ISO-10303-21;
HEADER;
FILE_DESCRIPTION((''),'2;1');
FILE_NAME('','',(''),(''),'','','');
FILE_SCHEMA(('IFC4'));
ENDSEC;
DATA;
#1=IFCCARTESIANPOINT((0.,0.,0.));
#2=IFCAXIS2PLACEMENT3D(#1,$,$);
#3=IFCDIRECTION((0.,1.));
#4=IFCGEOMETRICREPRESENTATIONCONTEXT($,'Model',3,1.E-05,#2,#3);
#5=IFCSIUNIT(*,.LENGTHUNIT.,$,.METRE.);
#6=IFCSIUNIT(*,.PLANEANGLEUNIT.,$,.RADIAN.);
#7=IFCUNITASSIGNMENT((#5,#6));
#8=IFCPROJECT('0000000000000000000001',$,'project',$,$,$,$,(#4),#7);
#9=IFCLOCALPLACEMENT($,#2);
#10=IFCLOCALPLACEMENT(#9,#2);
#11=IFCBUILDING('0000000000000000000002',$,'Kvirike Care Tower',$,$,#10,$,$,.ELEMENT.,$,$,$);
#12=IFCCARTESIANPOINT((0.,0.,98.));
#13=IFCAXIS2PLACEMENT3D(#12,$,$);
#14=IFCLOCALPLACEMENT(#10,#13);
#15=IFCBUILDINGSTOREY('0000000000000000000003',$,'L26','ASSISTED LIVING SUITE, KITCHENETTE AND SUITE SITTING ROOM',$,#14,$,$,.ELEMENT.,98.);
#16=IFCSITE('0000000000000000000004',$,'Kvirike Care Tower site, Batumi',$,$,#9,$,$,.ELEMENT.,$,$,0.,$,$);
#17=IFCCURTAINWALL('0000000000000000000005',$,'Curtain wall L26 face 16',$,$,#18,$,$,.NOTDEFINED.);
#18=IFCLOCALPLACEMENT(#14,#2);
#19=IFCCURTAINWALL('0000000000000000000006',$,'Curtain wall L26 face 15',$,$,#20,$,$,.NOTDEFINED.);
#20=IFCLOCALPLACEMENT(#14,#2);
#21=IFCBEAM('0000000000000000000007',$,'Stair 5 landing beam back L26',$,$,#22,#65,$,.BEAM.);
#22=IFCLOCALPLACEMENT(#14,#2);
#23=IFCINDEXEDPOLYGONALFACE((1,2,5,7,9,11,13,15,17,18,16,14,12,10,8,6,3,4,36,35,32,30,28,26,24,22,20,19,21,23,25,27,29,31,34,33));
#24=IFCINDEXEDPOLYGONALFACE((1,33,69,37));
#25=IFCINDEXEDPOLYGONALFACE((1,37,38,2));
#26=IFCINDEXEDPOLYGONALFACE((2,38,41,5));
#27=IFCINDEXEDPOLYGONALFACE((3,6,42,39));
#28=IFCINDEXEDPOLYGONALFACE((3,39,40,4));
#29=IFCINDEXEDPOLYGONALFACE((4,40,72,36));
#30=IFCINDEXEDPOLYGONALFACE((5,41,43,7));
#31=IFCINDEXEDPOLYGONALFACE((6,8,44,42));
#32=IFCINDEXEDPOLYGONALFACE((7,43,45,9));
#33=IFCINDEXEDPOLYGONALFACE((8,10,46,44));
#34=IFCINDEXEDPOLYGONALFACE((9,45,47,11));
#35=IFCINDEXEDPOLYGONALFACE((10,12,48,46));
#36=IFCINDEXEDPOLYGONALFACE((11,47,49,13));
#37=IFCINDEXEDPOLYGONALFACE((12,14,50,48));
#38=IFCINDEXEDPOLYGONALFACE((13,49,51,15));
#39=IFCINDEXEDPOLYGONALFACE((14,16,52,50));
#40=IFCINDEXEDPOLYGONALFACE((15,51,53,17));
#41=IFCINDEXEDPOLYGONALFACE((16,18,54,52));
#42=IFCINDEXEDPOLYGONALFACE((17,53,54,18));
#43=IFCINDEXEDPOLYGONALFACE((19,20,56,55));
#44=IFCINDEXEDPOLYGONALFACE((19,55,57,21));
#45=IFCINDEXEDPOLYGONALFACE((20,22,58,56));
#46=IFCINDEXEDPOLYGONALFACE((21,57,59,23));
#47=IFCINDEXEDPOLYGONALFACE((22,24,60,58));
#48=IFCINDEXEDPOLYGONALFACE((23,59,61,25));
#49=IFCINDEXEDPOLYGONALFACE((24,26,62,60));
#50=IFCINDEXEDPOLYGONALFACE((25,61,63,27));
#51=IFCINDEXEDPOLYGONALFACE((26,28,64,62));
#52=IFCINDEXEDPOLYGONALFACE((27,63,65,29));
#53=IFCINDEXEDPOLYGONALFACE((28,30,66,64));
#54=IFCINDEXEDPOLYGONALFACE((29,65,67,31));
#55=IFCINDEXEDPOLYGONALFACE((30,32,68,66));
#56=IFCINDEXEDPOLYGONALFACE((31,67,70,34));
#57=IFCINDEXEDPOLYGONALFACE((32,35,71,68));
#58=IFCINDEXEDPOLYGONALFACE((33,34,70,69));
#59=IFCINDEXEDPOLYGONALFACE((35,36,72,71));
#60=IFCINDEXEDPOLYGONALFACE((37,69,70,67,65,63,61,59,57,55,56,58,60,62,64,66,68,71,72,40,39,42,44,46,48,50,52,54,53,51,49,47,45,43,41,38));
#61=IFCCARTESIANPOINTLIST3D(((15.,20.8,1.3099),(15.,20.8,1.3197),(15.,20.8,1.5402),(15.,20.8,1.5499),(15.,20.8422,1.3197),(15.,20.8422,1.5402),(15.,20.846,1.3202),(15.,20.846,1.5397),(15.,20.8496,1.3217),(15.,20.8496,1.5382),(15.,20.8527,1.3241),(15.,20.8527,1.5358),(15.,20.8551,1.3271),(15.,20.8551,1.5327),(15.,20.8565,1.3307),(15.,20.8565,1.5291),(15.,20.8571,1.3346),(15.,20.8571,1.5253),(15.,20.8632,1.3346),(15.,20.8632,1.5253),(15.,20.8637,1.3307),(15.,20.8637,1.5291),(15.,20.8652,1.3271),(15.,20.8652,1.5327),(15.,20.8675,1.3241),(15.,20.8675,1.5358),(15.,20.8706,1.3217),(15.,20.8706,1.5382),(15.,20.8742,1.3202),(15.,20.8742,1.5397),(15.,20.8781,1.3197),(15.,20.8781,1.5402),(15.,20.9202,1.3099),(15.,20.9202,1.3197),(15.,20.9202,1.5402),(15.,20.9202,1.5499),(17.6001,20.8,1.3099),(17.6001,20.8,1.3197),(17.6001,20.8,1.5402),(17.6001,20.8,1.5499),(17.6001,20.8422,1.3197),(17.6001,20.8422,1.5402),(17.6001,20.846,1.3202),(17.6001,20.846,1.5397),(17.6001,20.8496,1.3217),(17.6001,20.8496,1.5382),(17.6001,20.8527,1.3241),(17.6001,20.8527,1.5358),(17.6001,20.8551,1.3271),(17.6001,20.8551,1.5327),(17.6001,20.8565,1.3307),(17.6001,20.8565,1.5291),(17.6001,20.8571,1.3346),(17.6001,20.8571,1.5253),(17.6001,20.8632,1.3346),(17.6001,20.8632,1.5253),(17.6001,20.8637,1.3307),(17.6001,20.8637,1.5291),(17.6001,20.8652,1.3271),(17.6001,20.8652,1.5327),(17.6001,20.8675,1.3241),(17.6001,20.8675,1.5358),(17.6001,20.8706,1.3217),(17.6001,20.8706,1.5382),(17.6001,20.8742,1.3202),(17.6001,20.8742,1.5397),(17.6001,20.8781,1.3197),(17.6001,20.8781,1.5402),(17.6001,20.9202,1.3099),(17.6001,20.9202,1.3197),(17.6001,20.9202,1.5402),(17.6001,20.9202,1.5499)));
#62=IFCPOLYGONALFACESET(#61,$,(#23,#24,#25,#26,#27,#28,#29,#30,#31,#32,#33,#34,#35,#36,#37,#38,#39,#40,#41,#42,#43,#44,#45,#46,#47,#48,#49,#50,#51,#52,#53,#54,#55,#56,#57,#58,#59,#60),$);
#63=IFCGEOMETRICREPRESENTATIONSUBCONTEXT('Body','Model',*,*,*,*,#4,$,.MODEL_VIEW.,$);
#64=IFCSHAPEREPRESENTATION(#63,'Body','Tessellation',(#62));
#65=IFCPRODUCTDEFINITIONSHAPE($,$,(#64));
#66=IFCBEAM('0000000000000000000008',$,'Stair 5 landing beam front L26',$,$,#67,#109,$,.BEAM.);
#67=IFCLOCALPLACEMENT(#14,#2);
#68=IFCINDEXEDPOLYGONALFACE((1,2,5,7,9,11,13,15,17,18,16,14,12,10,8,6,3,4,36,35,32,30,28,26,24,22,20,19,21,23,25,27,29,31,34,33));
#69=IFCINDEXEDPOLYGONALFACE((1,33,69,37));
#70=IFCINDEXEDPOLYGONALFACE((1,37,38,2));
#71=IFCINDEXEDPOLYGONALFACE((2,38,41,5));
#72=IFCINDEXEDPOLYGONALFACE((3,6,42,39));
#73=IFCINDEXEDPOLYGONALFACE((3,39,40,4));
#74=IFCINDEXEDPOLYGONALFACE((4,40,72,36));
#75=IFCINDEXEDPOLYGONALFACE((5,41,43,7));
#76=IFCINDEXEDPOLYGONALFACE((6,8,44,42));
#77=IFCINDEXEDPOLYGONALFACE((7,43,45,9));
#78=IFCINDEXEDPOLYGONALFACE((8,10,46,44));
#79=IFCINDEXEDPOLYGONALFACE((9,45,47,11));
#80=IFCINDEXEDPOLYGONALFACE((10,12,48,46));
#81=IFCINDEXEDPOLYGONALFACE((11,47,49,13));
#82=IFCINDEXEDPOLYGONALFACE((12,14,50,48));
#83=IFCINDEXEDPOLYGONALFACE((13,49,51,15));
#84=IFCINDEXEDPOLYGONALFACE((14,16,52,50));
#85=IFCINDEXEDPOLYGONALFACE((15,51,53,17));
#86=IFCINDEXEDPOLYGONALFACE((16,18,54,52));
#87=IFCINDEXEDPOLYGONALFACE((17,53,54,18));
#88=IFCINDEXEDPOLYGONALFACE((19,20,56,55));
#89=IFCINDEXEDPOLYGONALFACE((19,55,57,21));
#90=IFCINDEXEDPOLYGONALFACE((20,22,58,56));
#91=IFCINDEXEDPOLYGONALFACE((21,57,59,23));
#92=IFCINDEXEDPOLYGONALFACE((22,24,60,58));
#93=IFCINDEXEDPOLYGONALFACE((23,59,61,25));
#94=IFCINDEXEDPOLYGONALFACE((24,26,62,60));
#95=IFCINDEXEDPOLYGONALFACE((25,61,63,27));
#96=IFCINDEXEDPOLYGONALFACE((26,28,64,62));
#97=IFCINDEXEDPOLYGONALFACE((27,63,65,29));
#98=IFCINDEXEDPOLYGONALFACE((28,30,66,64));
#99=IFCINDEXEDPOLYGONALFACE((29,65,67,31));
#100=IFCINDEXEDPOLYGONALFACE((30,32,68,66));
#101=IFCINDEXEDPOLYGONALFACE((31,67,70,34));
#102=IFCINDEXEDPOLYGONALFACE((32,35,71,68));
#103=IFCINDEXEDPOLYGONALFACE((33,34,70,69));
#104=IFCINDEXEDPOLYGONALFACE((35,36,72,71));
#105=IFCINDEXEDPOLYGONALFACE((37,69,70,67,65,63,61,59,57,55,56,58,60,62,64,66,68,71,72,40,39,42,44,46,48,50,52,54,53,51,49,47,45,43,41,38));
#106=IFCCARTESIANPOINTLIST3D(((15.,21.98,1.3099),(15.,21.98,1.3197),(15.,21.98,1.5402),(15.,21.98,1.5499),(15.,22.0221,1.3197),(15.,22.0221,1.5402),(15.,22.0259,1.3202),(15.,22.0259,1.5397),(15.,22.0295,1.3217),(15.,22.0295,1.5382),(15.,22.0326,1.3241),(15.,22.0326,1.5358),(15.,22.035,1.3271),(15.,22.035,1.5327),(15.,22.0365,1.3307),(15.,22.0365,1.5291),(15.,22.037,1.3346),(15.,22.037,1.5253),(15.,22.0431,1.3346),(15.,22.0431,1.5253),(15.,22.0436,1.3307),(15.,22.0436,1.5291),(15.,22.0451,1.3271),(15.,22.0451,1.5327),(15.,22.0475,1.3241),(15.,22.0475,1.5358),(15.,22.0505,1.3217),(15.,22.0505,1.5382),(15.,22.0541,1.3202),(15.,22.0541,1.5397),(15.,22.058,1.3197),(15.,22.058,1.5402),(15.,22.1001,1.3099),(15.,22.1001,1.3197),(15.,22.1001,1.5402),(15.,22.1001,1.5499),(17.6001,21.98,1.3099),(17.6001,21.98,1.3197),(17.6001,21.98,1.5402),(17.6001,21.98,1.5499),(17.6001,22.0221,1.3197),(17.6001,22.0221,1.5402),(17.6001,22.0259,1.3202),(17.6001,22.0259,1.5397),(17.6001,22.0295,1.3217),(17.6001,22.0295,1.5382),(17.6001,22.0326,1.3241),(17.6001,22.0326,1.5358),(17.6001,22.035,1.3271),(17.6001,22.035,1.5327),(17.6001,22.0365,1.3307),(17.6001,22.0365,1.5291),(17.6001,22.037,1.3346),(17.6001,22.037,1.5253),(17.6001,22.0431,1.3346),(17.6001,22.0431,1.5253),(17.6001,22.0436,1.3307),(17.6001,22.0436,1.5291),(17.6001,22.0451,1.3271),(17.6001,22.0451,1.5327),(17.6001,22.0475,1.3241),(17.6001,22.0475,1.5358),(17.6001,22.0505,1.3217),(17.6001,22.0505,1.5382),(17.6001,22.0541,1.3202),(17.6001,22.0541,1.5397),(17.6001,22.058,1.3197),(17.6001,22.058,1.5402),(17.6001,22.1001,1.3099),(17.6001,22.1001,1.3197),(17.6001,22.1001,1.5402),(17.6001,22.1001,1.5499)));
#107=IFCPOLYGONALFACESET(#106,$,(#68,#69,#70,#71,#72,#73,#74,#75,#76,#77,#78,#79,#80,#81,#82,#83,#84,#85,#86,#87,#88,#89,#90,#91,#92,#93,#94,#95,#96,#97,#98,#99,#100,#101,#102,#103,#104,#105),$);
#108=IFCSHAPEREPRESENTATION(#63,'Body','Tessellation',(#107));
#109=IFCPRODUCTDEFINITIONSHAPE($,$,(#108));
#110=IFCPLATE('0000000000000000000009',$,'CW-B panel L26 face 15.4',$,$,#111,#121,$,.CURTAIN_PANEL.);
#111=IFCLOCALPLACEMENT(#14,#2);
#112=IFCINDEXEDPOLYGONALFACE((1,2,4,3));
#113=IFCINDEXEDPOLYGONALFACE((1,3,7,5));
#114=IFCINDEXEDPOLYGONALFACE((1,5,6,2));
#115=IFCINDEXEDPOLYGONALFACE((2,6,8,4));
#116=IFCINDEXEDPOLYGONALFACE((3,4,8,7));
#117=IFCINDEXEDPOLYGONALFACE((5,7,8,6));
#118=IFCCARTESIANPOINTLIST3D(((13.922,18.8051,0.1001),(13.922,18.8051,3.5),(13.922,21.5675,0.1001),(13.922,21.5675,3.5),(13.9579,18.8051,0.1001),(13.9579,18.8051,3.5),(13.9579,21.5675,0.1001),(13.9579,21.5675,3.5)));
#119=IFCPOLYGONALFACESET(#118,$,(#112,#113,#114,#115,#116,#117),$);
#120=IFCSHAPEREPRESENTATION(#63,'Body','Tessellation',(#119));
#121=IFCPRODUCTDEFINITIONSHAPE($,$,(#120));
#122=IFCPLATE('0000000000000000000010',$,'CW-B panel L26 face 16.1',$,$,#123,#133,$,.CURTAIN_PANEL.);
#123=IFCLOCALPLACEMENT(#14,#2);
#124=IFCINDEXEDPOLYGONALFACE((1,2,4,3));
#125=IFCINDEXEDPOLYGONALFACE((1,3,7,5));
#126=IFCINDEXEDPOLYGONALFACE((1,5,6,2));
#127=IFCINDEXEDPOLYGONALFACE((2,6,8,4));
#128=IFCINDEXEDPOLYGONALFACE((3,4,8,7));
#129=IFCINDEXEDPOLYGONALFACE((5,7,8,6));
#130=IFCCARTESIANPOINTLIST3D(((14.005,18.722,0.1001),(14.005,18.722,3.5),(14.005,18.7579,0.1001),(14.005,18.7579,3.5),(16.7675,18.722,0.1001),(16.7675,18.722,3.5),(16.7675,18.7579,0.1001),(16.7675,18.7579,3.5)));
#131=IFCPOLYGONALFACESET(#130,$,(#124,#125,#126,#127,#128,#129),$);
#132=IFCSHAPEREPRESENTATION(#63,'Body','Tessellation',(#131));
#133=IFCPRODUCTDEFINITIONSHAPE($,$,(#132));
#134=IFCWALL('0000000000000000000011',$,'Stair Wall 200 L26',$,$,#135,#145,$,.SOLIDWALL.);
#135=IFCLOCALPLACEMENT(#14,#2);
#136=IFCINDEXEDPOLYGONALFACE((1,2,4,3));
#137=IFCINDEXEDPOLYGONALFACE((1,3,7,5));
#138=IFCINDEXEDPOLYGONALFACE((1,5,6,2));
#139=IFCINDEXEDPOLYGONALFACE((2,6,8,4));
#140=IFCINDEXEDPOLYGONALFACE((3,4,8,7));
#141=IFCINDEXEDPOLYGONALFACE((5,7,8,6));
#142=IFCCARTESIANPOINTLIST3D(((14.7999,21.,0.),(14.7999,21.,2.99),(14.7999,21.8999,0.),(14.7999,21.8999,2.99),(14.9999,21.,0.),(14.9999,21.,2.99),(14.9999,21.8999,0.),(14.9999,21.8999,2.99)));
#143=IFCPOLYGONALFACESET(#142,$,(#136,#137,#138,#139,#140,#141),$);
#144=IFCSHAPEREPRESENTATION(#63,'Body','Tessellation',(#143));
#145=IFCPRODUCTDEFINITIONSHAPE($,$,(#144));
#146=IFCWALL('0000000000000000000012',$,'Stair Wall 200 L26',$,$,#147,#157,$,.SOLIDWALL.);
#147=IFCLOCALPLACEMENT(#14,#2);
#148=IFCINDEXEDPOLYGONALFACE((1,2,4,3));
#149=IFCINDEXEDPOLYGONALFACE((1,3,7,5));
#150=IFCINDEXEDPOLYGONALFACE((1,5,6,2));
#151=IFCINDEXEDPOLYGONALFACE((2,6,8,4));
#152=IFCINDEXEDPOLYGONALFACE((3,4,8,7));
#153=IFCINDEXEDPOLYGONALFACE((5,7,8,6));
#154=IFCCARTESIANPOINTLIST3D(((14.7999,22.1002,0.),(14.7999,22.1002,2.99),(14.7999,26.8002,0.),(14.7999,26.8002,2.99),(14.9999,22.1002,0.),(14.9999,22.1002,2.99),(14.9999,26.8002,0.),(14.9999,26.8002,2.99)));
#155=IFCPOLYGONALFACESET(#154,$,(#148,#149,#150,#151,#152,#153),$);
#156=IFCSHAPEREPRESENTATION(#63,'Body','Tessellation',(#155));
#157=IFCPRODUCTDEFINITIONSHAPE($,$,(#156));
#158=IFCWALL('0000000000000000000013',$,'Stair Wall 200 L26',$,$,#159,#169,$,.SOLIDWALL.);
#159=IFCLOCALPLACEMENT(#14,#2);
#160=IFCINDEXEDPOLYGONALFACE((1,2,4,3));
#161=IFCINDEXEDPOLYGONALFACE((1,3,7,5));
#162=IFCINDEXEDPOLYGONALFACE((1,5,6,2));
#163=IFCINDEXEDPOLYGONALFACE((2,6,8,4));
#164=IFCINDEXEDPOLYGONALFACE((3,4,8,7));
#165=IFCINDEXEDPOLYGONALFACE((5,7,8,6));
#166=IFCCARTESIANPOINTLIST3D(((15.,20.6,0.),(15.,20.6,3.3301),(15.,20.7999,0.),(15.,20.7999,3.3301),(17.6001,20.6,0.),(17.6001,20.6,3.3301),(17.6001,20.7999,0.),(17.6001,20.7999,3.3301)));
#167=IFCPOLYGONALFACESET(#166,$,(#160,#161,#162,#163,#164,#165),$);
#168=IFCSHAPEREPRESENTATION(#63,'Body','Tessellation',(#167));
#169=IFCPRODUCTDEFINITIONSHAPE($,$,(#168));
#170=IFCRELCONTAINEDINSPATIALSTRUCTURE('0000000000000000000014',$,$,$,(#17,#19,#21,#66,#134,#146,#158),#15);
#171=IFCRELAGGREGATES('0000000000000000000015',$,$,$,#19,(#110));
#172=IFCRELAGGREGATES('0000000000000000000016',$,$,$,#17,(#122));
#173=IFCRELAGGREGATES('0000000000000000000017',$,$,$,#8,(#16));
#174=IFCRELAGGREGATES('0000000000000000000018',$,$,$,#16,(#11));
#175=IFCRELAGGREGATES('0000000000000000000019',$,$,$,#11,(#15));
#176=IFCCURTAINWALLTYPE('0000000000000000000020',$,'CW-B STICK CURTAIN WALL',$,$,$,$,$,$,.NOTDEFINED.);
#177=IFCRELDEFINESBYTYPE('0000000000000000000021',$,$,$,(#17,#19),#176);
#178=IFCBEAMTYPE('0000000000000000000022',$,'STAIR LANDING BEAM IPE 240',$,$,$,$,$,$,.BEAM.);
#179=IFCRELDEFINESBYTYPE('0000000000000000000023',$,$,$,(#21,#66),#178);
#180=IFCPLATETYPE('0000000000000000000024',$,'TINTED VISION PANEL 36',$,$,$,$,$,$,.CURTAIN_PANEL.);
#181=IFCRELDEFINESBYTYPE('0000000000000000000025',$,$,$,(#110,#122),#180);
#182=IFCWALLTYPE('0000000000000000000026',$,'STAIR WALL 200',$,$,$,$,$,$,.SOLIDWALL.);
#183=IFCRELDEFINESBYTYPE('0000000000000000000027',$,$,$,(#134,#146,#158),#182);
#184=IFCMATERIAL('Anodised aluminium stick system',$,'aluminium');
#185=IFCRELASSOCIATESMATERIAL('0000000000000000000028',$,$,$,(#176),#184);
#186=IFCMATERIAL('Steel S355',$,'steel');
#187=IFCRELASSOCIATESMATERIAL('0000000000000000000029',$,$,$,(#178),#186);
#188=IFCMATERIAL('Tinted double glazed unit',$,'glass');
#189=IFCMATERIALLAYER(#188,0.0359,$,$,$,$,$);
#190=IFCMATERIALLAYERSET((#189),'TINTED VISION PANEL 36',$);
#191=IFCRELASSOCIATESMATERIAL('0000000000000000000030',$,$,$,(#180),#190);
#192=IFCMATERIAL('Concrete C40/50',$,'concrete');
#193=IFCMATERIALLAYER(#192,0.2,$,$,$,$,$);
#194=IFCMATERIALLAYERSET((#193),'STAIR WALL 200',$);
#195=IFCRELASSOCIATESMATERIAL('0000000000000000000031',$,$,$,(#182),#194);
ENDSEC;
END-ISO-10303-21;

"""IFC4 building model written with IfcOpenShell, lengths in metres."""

from ifc_helpers import new_model, si_unit, direction, frame, frame_2d, origin, origin_2d, place, context, subcontext, project, spatial, rectangle, i_section, extrude, material, layer, layer_set, material_profile, profile_set, type_object, element, aggregate, save


model = new_model("IFC4")

# Units and contexts
model_context = context("Model", 3, precision=1e-05, world=origin(), true_north=direction((0.0, 1.0)))
body_context = subcontext(model_context, "Body", "Model", "MODEL_VIEW")
ifc_project = project(units=[si_unit("LENGTHUNIT", "METRE"), si_unit("PLANEANGLEUNIT", "RADIAN")], contexts=[model_context])

# Site, building, storey
site_placement = place(None, origin())
site = spatial("IfcSite", under=ifc_project, at=site_placement, Name="Kvirike Care Tower site, Batumi", CompositionType="ELEMENT", RefElevation=0.0)
building_placement = place(site_placement, origin())
building = spatial("IfcBuilding", under=site, at=building_placement, Name="Kvirike Care Tower", CompositionType="ELEMENT")
storey_placement = place(building_placement, frame((0.0, 0.0, 98.0)))
storey = spatial("IfcBuildingStorey", under=building, at=storey_placement, Name="L26", Description="ASSISTED LIVING SUITE, KITCHENETTE AND SUITE SITTING ROOM", CompositionType="ELEMENT", Elevation=98.0)

# Curtain wall
ifc_material_1 = material(Name="Anodised aluminium stick system", Category="aluminium")
curtain_wall_type = type_object("IfcCurtainWallType", Name="CW-B STICK CURTAIN WALL", PredefinedType="NOTDEFINED", material=ifc_material_1)
curtain_wall_1_placement = place(storey_placement, origin())
curtain_wall_1 = element("IfcCurtainWall", 1, at=curtain_wall_1_placement, inside=storey, type_object=curtain_wall_type, Name="Curtain wall L26 face 16", PredefinedType="NOTDEFINED")

# Curtain wall
curtain_wall_2_placement = place(storey_placement, origin())
curtain_wall_2 = element("IfcCurtainWall", 2, at=curtain_wall_2_placement, inside=storey, type_object=curtain_wall_type, Name="Curtain wall L26 face 15", PredefinedType="NOTDEFINED")

# Beams
ifc_material_2 = material(Name="Steel S355", Category="steel")
ifc_material_profile_1 = material_profile(ifc_material_2, i_section(OverallWidth=0.1201, OverallDepth=0.24, WebThickness=0.0061, FlangeThickness=0.0098, FilletRadius=0.0149, at=origin_2d()), Name="IPE 240")
ifc_profile_set_1 = profile_set([ifc_material_profile_1], Name="Steel S355")
beam_type_1 = type_object("IfcBeamType", Name="STAIR LANDING BEAM IPE 240", PredefinedType="BEAM", material=ifc_profile_set_1)
for number, where, z_axis, x_axis, name in (
    (3, (15.0, 20.8601, 1.4299), (1.0, 0.0, 0.0), (0.0, 1.0, 0.0), "Stair 5 landing beam back L26"),
    (4, (15.0, 22.04, 1.4299), (1.0, 0.0, 0.0), (0.0, 1.0, 0.0), "Stair 5 landing beam front L26"),
):
    element("IfcBeam", number, at=place(storey_placement, frame(where, z_axis=z_axis, x_axis=x_axis)), inside=storey, type_object=beam_type_1, Name=name, PredefinedType="BEAM", context=body_context, shape_type="SweptSolid", body=[
        extrude(i_section(OverallWidth=0.1201, OverallDepth=0.24, WebThickness=0.0061, FlangeThickness=0.0098, FilletRadius=0.0149, at=origin_2d()), origin(), (0.0, 0.0, 1.0), 2.6001),
    ])

# Plates
ifc_material_3 = material(Name="Tinted double glazed unit", Category="glass")
ifc_layer_1 = layer(ifc_material_3, 0.0359)
ifc_layer_set_1 = layer_set([ifc_layer_1], Name="TINTED VISION PANEL 36")
plate_type = type_object("IfcPlateType", Name="TINTED VISION PANEL 36", PredefinedType="CURTAIN_PANEL", material=ifc_layer_set_1)
plate_1_placement = place(storey_placement, frame((13.9399, 20.1863, 0.1001), z_axis=(0.0, 0.0, 1.0), x_axis=(0.0, -1.0, 0.0)))
plate_1 = element("IfcPlate", 5, at=plate_1_placement, type_object=plate_type, Name="CW-B panel L26 face 15.4", PredefinedType="CURTAIN_PANEL", context=body_context, shape_type="SweptSolid", body=[
    extrude(rectangle(XDim=2.7625, YDim=0.0359, at=origin_2d()), origin(), (0.0, 0.0, 1.0), 3.3999),
])
aggregate(curtain_wall_2, [plate_1])
plate_2_placement = place(storey_placement, frame((15.3862, 18.74, 0.1001), z_axis=(0.0, 0.0, 1.0), x_axis=(1.0, 0.0, 0.0)))
plate_2 = element("IfcPlate", 6, at=plate_2_placement, type_object=plate_type, Name="CW-B panel L26 face 16.1", PredefinedType="CURTAIN_PANEL", context=body_context, shape_type="SweptSolid", body=[
    extrude(rectangle(XDim=2.7625, YDim=0.0359, at=origin_2d()), origin(), (0.0, 0.0, 1.0), 3.3999),
])
aggregate(curtain_wall_1, [plate_2])

# Walls
ifc_material_4 = material(Name="Concrete C40/50", Category="concrete")
ifc_layer_2 = layer(ifc_material_4, 0.2)
ifc_layer_set_2 = layer_set([ifc_layer_2], Name="STAIR WALL 200")
wall_type = type_object("IfcWallType", Name="STAIR WALL 200", PredefinedType="SOLIDWALL", material=ifc_layer_set_2)
wall_1_placement = place(storey_placement, frame((14.8999, 21.0, 0.0), z_axis=(0.0, 0.0, 1.0), x_axis=(0.0, 1.0, 0.0)))
element("IfcWall", 7, at=wall_1_placement, inside=storey, type_object=wall_type, Name="Stair Wall 200 L26", PredefinedType="SOLIDWALL", context=body_context, shape_type="SweptSolid", body=[
    extrude(rectangle(XDim=0.8999, YDim=0.2, at=frame_2d((0.45, 0.0))), origin(), (0.0, 0.0, 1.0), 2.99),
])
wall_2_placement = place(storey_placement, frame((14.8999, 22.1001, 0.0), z_axis=(0.0, 0.0, 1.0), x_axis=(0.0, 1.0, 0.0)))
element("IfcWall", 8, at=wall_2_placement, inside=storey, type_object=wall_type, Name="Stair Wall 200 L26", PredefinedType="SOLIDWALL", context=body_context, shape_type="SweptSolid", body=[
    extrude(rectangle(XDim=4.7, YDim=0.2, at=frame_2d((2.3501, 0.0))), origin(), (0.0, 0.0, 1.0), 2.99),
])
wall_3_placement = place(storey_placement, frame((15.0, 20.7, 0.0), z_axis=(0.0, 0.0, 1.0), x_axis=(1.0, 0.0, 0.0)))
element("IfcWall", 9, at=wall_3_placement, inside=storey, type_object=wall_type, Name="Stair Wall 200 L26", PredefinedType="SOLIDWALL", context=body_context, shape_type="SweptSolid", body=[
    extrude(rectangle(XDim=2.6001, YDim=0.2, at=frame_2d((1.3, 0.0))), origin(), (0.0, 0.0, 1.0), 3.3301),
])

save(model, "model.ifc")
